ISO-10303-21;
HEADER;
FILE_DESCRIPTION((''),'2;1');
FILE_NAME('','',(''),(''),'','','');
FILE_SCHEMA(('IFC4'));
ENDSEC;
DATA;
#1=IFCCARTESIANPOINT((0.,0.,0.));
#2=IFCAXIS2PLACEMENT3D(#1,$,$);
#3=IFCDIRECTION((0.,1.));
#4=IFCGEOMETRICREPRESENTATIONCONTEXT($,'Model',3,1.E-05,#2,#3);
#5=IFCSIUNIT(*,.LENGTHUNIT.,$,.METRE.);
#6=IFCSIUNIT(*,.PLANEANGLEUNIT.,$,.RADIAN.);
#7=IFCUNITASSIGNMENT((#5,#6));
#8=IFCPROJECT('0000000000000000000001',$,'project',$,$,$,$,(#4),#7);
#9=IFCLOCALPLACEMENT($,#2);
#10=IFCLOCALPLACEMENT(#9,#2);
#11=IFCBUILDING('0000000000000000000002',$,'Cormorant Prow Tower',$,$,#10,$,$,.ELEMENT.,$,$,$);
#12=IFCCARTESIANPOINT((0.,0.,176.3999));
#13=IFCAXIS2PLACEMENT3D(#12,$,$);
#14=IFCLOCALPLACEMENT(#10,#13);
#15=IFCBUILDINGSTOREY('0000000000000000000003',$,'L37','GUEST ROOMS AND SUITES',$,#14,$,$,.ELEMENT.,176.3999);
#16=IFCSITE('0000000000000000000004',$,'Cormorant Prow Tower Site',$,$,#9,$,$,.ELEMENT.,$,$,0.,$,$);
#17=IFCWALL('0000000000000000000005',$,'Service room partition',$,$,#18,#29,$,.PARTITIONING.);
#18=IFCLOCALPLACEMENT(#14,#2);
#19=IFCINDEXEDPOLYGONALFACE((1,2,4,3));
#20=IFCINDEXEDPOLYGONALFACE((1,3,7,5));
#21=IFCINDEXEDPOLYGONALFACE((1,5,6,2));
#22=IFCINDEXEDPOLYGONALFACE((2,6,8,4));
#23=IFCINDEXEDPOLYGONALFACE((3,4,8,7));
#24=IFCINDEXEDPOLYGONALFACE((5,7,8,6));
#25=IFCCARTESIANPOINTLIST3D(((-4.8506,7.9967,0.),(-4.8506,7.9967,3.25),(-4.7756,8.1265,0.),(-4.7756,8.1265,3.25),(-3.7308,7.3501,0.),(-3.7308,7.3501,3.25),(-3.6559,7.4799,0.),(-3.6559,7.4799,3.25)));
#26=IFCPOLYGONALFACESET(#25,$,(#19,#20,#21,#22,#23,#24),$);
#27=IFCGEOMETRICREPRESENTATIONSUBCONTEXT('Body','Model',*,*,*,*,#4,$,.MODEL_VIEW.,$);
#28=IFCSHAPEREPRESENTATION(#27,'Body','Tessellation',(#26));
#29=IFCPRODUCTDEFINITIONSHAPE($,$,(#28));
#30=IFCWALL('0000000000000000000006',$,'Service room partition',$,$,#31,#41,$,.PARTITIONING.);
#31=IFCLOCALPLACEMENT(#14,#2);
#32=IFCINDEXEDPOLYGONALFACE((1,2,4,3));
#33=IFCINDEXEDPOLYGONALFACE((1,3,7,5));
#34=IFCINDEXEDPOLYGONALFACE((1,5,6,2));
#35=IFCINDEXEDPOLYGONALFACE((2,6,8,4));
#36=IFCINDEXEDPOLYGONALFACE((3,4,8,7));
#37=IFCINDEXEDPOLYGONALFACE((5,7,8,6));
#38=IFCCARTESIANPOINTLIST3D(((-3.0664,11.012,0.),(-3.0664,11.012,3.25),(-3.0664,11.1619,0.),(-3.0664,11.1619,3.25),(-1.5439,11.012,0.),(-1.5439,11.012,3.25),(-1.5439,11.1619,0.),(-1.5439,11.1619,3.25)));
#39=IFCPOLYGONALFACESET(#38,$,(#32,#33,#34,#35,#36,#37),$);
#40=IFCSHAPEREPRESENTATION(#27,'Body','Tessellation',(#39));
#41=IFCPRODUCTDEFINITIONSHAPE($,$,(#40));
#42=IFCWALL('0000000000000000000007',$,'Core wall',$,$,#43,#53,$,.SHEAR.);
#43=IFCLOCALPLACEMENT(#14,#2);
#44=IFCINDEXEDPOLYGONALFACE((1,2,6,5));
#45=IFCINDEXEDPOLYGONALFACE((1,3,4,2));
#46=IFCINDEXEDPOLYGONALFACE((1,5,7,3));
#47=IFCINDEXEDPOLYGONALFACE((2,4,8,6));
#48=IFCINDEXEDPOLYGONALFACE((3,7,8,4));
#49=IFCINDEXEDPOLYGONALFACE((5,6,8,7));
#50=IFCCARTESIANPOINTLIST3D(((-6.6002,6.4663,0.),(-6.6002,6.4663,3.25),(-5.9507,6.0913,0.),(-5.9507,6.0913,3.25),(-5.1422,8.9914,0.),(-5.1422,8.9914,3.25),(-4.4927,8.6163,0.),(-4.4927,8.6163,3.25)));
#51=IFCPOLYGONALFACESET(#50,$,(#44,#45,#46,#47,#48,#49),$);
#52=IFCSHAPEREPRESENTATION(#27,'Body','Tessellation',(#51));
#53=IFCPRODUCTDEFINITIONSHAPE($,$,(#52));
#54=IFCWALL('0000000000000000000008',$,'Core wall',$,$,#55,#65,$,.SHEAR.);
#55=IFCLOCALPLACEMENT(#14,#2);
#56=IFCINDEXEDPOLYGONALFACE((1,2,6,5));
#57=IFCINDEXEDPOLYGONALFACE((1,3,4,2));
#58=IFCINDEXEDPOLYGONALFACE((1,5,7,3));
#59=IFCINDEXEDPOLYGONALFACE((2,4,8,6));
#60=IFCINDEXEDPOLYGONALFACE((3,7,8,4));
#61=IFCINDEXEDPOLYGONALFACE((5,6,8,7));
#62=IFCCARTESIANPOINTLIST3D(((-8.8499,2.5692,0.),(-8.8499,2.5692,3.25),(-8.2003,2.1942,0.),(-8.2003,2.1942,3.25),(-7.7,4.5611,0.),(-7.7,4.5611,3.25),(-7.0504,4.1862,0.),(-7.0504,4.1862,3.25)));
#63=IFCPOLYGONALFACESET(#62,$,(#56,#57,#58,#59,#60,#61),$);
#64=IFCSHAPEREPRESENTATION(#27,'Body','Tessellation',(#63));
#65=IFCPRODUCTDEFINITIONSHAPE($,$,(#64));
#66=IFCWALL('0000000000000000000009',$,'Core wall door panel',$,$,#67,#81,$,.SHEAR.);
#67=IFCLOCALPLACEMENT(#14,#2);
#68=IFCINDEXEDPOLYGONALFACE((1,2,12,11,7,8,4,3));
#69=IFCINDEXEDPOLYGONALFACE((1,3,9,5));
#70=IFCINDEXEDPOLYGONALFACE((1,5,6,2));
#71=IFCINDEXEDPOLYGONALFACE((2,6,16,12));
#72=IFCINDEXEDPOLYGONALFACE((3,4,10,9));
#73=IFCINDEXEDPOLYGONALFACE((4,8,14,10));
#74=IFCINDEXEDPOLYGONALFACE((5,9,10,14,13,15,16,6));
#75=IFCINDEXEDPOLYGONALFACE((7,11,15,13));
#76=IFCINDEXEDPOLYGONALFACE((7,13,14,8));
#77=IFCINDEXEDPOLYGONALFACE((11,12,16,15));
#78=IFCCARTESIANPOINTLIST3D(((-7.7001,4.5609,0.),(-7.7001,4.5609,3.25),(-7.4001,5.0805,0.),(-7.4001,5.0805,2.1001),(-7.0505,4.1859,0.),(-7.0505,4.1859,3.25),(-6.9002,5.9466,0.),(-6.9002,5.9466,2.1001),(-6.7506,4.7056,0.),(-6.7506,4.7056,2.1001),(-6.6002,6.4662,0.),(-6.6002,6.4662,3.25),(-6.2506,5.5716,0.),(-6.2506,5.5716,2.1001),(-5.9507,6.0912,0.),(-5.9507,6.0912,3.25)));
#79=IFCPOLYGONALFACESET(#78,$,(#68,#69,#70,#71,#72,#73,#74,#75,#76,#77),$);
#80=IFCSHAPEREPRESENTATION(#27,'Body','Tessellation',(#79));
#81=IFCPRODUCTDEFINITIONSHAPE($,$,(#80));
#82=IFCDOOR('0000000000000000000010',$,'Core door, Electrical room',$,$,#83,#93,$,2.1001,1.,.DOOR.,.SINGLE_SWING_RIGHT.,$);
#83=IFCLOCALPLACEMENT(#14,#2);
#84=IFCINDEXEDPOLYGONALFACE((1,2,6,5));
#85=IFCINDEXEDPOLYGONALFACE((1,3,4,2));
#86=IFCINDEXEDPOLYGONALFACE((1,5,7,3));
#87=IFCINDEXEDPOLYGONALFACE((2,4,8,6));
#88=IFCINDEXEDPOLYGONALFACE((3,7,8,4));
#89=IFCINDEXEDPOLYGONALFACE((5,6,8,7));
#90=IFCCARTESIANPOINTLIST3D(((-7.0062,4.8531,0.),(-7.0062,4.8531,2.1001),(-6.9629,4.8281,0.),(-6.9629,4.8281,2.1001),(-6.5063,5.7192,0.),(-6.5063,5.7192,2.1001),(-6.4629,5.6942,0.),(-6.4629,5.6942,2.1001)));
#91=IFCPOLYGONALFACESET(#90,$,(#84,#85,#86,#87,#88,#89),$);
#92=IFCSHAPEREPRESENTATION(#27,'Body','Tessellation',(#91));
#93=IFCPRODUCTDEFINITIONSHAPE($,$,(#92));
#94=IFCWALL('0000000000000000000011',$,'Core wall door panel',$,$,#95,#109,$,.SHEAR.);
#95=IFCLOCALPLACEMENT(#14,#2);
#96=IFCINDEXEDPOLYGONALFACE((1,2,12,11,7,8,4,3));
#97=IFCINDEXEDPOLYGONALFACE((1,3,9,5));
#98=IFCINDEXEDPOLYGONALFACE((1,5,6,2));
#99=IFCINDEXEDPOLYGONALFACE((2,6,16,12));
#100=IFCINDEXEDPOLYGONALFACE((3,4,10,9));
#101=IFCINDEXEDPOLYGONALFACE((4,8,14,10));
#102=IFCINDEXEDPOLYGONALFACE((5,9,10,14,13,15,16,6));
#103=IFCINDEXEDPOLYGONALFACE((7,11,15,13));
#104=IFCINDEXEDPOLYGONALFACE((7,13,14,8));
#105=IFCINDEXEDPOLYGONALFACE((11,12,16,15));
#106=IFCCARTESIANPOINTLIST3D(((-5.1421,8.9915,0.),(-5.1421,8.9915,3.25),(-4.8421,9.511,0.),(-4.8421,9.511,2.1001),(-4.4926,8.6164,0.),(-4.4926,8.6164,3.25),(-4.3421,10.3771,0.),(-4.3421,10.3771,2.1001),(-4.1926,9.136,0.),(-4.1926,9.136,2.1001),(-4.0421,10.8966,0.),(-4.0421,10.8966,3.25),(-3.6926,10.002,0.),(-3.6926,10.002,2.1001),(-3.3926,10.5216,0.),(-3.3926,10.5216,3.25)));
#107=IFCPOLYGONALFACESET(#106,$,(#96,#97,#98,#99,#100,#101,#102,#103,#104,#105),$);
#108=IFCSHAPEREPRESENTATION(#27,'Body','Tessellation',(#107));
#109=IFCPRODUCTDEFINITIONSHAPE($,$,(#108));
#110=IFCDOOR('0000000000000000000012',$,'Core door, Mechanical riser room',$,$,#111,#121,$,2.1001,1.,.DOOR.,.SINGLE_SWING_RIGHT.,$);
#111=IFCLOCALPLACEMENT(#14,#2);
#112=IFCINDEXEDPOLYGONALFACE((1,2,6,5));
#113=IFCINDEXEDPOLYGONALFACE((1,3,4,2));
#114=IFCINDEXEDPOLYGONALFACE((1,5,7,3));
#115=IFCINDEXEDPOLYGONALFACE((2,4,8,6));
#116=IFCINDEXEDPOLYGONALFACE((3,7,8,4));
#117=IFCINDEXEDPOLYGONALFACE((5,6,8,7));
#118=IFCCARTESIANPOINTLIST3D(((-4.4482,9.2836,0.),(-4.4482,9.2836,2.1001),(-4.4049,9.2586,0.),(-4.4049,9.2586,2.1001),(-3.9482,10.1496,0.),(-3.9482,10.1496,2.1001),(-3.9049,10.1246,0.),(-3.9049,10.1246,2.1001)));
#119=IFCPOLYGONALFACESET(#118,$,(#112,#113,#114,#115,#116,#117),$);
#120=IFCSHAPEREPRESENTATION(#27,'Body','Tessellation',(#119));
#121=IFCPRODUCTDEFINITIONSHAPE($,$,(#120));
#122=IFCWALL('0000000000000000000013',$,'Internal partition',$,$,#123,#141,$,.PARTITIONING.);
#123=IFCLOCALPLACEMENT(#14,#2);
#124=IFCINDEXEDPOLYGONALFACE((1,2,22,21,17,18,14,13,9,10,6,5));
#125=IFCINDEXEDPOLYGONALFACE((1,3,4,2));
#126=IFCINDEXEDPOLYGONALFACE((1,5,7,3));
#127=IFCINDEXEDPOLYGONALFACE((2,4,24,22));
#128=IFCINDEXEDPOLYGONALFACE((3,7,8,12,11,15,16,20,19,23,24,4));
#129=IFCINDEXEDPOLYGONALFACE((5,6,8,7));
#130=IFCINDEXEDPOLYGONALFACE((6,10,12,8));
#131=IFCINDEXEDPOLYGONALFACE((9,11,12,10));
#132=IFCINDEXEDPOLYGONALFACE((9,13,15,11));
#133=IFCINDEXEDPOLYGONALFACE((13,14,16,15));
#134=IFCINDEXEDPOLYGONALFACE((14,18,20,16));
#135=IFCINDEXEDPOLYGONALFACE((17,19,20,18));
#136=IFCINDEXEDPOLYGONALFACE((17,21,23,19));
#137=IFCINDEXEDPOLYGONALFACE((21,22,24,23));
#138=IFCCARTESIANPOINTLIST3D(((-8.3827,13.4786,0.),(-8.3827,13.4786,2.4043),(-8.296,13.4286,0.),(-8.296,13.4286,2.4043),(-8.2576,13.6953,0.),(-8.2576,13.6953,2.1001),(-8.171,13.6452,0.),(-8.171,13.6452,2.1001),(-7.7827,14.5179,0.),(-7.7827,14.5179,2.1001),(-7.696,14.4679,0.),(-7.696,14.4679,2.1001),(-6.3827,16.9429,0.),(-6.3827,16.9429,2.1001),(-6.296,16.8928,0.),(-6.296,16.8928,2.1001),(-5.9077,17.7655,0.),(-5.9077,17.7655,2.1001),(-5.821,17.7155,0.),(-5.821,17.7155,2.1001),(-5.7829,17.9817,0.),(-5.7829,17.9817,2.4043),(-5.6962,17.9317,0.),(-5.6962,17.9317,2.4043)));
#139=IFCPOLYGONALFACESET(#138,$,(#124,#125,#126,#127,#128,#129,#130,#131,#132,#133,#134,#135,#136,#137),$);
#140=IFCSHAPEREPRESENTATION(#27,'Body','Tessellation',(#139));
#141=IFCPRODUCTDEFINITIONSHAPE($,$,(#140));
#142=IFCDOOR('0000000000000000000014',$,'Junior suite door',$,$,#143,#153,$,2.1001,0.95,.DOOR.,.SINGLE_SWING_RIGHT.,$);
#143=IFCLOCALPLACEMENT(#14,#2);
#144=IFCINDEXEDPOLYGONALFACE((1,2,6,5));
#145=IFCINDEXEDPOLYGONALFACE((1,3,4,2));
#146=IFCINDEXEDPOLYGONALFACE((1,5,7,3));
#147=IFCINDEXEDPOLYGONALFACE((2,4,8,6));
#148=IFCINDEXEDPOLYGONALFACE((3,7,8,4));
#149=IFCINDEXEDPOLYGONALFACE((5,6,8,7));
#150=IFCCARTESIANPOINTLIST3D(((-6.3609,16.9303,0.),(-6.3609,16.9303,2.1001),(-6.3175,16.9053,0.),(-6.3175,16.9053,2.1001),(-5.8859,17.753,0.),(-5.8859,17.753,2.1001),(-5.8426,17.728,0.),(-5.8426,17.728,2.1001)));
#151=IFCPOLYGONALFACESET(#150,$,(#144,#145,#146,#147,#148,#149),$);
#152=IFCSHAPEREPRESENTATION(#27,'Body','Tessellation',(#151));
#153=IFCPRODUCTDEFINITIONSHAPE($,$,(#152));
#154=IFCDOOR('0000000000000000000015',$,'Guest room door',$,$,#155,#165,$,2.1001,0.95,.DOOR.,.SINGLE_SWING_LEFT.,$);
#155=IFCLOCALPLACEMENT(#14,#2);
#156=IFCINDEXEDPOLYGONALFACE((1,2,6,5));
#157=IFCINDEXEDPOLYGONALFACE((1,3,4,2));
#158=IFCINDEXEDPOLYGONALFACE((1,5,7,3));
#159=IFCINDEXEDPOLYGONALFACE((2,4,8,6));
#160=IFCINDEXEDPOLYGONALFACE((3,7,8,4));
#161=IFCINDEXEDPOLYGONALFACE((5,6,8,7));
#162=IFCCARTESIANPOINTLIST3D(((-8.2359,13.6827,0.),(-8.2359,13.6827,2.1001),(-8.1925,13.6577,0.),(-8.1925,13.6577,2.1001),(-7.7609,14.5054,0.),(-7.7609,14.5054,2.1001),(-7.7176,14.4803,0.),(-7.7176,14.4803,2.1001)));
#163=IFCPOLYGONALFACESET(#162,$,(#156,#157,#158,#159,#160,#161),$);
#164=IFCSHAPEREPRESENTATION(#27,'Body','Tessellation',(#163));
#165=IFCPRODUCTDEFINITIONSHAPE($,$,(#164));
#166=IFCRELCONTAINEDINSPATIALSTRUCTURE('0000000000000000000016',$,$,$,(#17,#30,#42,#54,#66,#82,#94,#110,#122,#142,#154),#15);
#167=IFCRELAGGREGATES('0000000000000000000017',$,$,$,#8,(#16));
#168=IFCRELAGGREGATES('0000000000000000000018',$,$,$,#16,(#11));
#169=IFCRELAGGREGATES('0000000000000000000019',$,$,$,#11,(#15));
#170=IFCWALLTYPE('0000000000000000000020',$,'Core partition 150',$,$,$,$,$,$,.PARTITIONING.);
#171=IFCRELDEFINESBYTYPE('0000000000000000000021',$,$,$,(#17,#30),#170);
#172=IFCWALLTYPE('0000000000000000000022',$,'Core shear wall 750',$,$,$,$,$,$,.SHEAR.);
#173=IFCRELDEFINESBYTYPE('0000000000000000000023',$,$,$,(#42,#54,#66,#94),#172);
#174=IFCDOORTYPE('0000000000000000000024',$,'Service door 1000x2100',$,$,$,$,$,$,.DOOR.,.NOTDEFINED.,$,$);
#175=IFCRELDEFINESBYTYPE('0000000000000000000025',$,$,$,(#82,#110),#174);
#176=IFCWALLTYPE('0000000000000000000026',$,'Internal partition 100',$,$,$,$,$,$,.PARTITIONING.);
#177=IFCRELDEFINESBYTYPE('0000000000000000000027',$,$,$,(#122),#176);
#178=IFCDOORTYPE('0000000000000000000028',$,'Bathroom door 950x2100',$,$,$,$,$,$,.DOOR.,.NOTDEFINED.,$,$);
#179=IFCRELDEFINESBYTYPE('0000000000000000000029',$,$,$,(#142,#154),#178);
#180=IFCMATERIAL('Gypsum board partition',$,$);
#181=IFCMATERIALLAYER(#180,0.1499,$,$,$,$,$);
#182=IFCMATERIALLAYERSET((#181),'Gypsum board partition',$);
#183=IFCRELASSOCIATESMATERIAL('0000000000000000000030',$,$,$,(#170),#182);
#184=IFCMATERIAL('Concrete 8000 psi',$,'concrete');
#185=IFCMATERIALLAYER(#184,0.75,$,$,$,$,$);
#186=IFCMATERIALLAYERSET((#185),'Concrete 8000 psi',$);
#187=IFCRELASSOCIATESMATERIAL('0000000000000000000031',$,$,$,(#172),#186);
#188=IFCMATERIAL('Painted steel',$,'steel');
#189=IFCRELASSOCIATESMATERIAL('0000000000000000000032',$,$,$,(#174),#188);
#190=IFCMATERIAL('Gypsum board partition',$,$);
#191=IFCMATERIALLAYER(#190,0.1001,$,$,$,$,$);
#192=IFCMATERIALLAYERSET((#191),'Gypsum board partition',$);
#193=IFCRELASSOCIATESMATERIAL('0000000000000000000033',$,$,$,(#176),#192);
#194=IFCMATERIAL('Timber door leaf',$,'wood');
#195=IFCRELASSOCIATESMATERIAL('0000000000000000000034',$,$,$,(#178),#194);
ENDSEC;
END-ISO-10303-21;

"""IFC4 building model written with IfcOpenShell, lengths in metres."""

from ifc_helpers import new_model, si_unit, direction, frame, frame_2d, origin, place, context, subcontext, project, spatial, rectangle, extrude, material, layer, layer_set, type_object, element, fill, save


model = new_model("IFC4")

# Units and contexts
model_context = context("Model", 3, precision=1e-05, world=origin(), true_north=direction((0.0, 1.0)))
body_context = subcontext(model_context, "Body", "Model", "MODEL_VIEW")
ifc_project = project(units=[si_unit("LENGTHUNIT", "METRE"), si_unit("PLANEANGLEUNIT", "RADIAN")], contexts=[model_context])

# Site, building, storey
site_placement = place(None, origin())
site = spatial("IfcSite", under=ifc_project, at=site_placement, Name="Cormorant Prow Tower Site", CompositionType="ELEMENT", RefElevation=0.0)
building_placement = place(site_placement, origin())
building = spatial("IfcBuilding", under=site, at=building_placement, Name="Cormorant Prow Tower", CompositionType="ELEMENT")
storey_placement = place(building_placement, frame((0.0, 0.0, 176.3999)))
storey = spatial("IfcBuildingStorey", under=building, at=storey_placement, Name="L37", Description="GUEST ROOMS AND SUITES", CompositionType="ELEMENT", Elevation=176.3999)

# Walls
ifc_material_1 = material(Name="Gypsum board partition")
ifc_layer_1 = layer(ifc_material_1, 0.1499)
ifc_layer_set_1 = layer_set([ifc_layer_1], Name="Gypsum board partition")
wall_type_1 = type_object("IfcWallType", Name="Core partition 150", PredefinedType="PARTITIONING", material=ifc_layer_set_1)
wall_1_placement = place(storey_placement, frame((-3.6934, 7.415, 0.0), z_axis=(0.0, 0.0, 1.0), x_axis=(-0.866003, 0.500038, 0.0)))
element("IfcWall", 1, at=wall_1_placement, inside=storey, type_object=wall_type_1, Name="Service room partition", PredefinedType="PARTITIONING", context=body_context, shape_type="SweptSolid", body=[
    extrude(rectangle(XDim=1.293, YDim=0.1499, at=frame_2d((0.6465, 0.0))), origin(), (0.0, 0.0, 1.0), 3.25),
])
wall_2_placement = place(storey_placement, frame((-1.5439, 11.0869, 0.0), z_axis=(0.0, 0.0, 1.0), x_axis=(-1.0, 0.0, 0.0)))
element("IfcWall", 2, at=wall_2_placement, inside=storey, type_object=wall_type_1, Name="Service room partition", PredefinedType="PARTITIONING", context=body_context, shape_type="SweptSolid", body=[
    extrude(rectangle(XDim=1.5225, YDim=0.1499, at=frame_2d((0.7612, 0.0))), origin(), (0.0, 0.0, 1.0), 3.25),
])
ifc_material_2 = material(Name="Concrete 8000 psi", Category="concrete")
ifc_layer_2 = layer(ifc_material_2, 0.75)
ifc_layer_set_2 = layer_set([ifc_layer_2], Name="Concrete 8000 psi")
wall_type_2 = type_object("IfcWallType", Name="Core shear wall 750", PredefinedType="SHEAR", material=ifc_layer_set_2)
wall_3_placement = place(storey_placement, frame((-4.8174, 8.804, 0.0), z_axis=(0.0, 0.0, 1.0), x_axis=(-0.500029, -0.866009, 0.0)))
element("IfcWall", 3, at=wall_3_placement, inside=storey, type_object=wall_type_2, Name="Core wall", PredefinedType="SHEAR", context=body_context, shape_type="SweptSolid", body=[
    extrude(rectangle(XDim=2.9158, YDim=0.75, at=frame_2d((1.458, 0.0))), origin(), (0.0, 0.0, 1.0), 3.25),
])
wall_4_placement = place(storey_placement, frame((-7.3752, 4.3735, 0.0), z_axis=(0.0, 0.0, 1.0), x_axis=(-0.499952, -0.866053, 0.0)))
element("IfcWall", 4, at=wall_4_placement, inside=storey, type_object=wall_type_2, Name="Core wall", PredefinedType="SHEAR", context=body_context, shape_type="SweptSolid", body=[
    extrude(rectangle(XDim=2.3, YDim=0.75, at=frame_2d((1.1499, 0.0))), origin(), (0.0, 0.0, 1.0), 3.25),
])

# Walls, openings, doors
wall_5_placement = place(storey_placement, frame((-6.2754, 6.2788, 0.0), z_axis=(0.0, 0.0, 1.0), x_axis=(-0.499947, -0.866056, 0.0)))
wall_5 = element("IfcWall", 5, at=wall_5_placement, inside=storey, type_object=wall_type_2, Name="Core wall door panel", PredefinedType="SHEAR", context=body_context, shape_type="SweptSolid", body=[
    extrude(rectangle(XDim=2.2, YDim=0.75, at=frame_2d((1.1001, 0.0))), origin(), (0.0, 0.0, 1.0), 3.25),
])
opening_1_placement = place(wall_5_placement, frame((0.6001, 0.0, 0.0)))
opening_1 = element("IfcOpeningElement", 6, at=opening_1_placement, cuts=wall_5, PredefinedType="OPENING", context=body_context, shape_type="SweptSolid", body=[
    extrude(rectangle(XDim=1.0, YDim=2.1001, at=frame_2d((0.5, 1.05))), frame((0.0, 0.385, 0.0), z_axis=(0.0, -1.0, 0.0), x_axis=(1.0, 0.0, 0.0)), (0.0, 0.0, 1.0), 0.77),
])
ifc_material_3 = material(Name="Painted steel", Category="steel")
door_type_1 = type_object("IfcDoorType", Name="Service door 1000x2100", OperationType="NOTDEFINED", PredefinedType="DOOR", material=ifc_material_3)
door_1_placement = place(opening_1_placement, origin())
door_1 = element("IfcDoor", 7, at=door_1_placement, inside=storey, type_object=door_type_1, Name="Core door, Electrical room", OperationType="SINGLE_SWING_RIGHT", OverallHeight=2.1001, OverallWidth=1.0, PredefinedType="DOOR", context=body_context, shape_type="SweptSolid", body=[
    extrude(rectangle(XDim=1.0, YDim=2.1001, at=frame_2d((0.5, 1.05))), frame((0.0, 0.1299, 0.0), z_axis=(0.0, -1.0, 0.0), x_axis=(1.0, 0.0, 0.0)), (0.0, 0.0, 1.0), 0.05),
])
fill(opening_1, door_1)
wall_6_placement = place(storey_placement, frame((-3.7173, 10.7092, 0.0), z_axis=(0.0, 0.0, 1.0), x_axis=(-0.50003, -0.866008, 0.0)))
wall_6 = element("IfcWall", 8, at=wall_6_placement, inside=storey, type_object=wall_type_2, Name="Core wall door panel", PredefinedType="SHEAR", context=body_context, shape_type="SweptSolid", body=[
    extrude(rectangle(XDim=2.2, YDim=0.75, at=frame_2d((1.1001, 0.0))), origin(), (0.0, 0.0, 1.0), 3.25),
])
opening_2_placement = place(wall_6_placement, frame((0.6001, 0.0, 0.0)))
opening_2 = element("IfcOpeningElement", 9, at=opening_2_placement, cuts=wall_6, PredefinedType="OPENING", context=body_context, shape_type="SweptSolid", body=[
    extrude(rectangle(XDim=1.0, YDim=2.1001, at=frame_2d((0.5, 1.05))), frame((0.0, 0.385, 0.0), z_axis=(0.0, -1.0, 0.0), x_axis=(1.0, 0.0, 0.0)), (0.0, 0.0, 1.0), 0.77),
])
door_2_placement = place(opening_2_placement, origin())
door_2 = element("IfcDoor", 10, at=door_2_placement, inside=storey, type_object=door_type_1, Name="Core door, Mechanical riser room", OperationType="SINGLE_SWING_RIGHT", OverallHeight=2.1001, OverallWidth=1.0, PredefinedType="DOOR", context=body_context, shape_type="SweptSolid", body=[
    extrude(rectangle(XDim=1.0, YDim=2.1001, at=frame_2d((0.5, 1.05))), frame((0.0, 0.1299, 0.0), z_axis=(0.0, -1.0, 0.0), x_axis=(1.0, 0.0, 0.0)), (0.0, 0.0, 1.0), 0.05),
])
fill(opening_2, door_2)

# Wall, openings, doors
ifc_material_4 = material(Name="Gypsum board partition")
ifc_layer_3 = layer(ifc_material_4, 0.1001)
ifc_layer_set_3 = layer_set([ifc_layer_3], Name="Gypsum board partition")
wall_type_3 = type_object("IfcWallType", Name="Internal partition 100", PredefinedType="PARTITIONING", material=ifc_layer_set_3)
wall_7_placement = place(storey_placement, frame((-8.3394, 13.4536, 0.0), z_axis=(0.0, 0.0, 1.0), x_axis=(0.499992, 0.86603, 0.0)))
wall_7 = element("IfcWall", 11, at=wall_7_placement, inside=storey, type_object=wall_type_3, Name="Internal partition", PredefinedType="PARTITIONING", context=body_context, shape_type="SweptSolid", body=[
    extrude(rectangle(XDim=5.1997, YDim=0.1001, at=frame_2d((2.5999, 0.0))), origin(), (0.0, 0.0, 1.0), 2.4043),
])
opening_3_placement = place(wall_7_placement, frame((4.0, 0.0, 0.0)))
opening_3 = element("IfcOpeningElement", 12, at=opening_3_placement, cuts=wall_7, PredefinedType="OPENING", context=body_context, shape_type="SweptSolid", body=[
    extrude(rectangle(XDim=0.95, YDim=2.1001, at=frame_2d((0.4751, 1.05))), frame((0.0, 0.0601, 0.0), z_axis=(0.0, -1.0, 0.0), x_axis=(1.0, 0.0, 0.0)), (0.0, 0.0, 1.0), 0.1201),
])
opening_4_placement = place(wall_7_placement, frame((0.25, 0.0, 0.0)))
opening_4 = element("IfcOpeningElement", 13, at=opening_4_placement, cuts=wall_7, PredefinedType="OPENING", context=body_context, shape_type="SweptSolid", body=[
    extrude(rectangle(XDim=0.95, YDim=2.1001, at=frame_2d((0.4751, 1.05))), frame((0.0, 0.0601, 0.0), z_axis=(0.0, -1.0, 0.0), x_axis=(1.0, 0.0, 0.0)), (0.0, 0.0, 1.0), 0.1201),
])
ifc_material_5 = material(Name="Timber door leaf", Category="wood")
door_type_2 = type_object("IfcDoorType", Name="Bathroom door 950x2100", OperationType="NOTDEFINED", PredefinedType="DOOR", material=ifc_material_5)
door_3_placement = place(opening_3_placement, origin())
door_3 = element("IfcDoor", 14, at=door_3_placement, inside=storey, type_object=door_type_2, Name="Junior suite door", OperationType="SINGLE_SWING_RIGHT", OverallHeight=2.1001, OverallWidth=0.95, PredefinedType="DOOR", context=body_context, shape_type="SweptSolid", body=[
    extrude(rectangle(XDim=0.95, YDim=2.1001, at=frame_2d((0.4751, 1.05))), frame((0.0, 0.0249, 0.0), z_axis=(0.0, -1.0, 0.0), x_axis=(1.0, 0.0, 0.0)), (0.0, 0.0, 1.0), 0.05),
])
fill(opening_3, door_3)
door_4_placement = place(opening_4_placement, origin())
door_4 = element("IfcDoor", 15, at=door_4_placement, inside=storey, type_object=door_type_2, Name="Guest room door", OperationType="SINGLE_SWING_LEFT", OverallHeight=2.1001, OverallWidth=0.95, PredefinedType="DOOR", context=body_context, shape_type="SweptSolid", body=[
    extrude(rectangle(XDim=0.95, YDim=2.1001, at=frame_2d((0.4751, 1.05))), frame((0.0, 0.0249, 0.0), z_axis=(0.0, -1.0, 0.0), x_axis=(1.0, 0.0, 0.0)), (0.0, 0.0, 1.0), 0.05),
])
fill(opening_4, door_4)

save(model, "model.ifc")
